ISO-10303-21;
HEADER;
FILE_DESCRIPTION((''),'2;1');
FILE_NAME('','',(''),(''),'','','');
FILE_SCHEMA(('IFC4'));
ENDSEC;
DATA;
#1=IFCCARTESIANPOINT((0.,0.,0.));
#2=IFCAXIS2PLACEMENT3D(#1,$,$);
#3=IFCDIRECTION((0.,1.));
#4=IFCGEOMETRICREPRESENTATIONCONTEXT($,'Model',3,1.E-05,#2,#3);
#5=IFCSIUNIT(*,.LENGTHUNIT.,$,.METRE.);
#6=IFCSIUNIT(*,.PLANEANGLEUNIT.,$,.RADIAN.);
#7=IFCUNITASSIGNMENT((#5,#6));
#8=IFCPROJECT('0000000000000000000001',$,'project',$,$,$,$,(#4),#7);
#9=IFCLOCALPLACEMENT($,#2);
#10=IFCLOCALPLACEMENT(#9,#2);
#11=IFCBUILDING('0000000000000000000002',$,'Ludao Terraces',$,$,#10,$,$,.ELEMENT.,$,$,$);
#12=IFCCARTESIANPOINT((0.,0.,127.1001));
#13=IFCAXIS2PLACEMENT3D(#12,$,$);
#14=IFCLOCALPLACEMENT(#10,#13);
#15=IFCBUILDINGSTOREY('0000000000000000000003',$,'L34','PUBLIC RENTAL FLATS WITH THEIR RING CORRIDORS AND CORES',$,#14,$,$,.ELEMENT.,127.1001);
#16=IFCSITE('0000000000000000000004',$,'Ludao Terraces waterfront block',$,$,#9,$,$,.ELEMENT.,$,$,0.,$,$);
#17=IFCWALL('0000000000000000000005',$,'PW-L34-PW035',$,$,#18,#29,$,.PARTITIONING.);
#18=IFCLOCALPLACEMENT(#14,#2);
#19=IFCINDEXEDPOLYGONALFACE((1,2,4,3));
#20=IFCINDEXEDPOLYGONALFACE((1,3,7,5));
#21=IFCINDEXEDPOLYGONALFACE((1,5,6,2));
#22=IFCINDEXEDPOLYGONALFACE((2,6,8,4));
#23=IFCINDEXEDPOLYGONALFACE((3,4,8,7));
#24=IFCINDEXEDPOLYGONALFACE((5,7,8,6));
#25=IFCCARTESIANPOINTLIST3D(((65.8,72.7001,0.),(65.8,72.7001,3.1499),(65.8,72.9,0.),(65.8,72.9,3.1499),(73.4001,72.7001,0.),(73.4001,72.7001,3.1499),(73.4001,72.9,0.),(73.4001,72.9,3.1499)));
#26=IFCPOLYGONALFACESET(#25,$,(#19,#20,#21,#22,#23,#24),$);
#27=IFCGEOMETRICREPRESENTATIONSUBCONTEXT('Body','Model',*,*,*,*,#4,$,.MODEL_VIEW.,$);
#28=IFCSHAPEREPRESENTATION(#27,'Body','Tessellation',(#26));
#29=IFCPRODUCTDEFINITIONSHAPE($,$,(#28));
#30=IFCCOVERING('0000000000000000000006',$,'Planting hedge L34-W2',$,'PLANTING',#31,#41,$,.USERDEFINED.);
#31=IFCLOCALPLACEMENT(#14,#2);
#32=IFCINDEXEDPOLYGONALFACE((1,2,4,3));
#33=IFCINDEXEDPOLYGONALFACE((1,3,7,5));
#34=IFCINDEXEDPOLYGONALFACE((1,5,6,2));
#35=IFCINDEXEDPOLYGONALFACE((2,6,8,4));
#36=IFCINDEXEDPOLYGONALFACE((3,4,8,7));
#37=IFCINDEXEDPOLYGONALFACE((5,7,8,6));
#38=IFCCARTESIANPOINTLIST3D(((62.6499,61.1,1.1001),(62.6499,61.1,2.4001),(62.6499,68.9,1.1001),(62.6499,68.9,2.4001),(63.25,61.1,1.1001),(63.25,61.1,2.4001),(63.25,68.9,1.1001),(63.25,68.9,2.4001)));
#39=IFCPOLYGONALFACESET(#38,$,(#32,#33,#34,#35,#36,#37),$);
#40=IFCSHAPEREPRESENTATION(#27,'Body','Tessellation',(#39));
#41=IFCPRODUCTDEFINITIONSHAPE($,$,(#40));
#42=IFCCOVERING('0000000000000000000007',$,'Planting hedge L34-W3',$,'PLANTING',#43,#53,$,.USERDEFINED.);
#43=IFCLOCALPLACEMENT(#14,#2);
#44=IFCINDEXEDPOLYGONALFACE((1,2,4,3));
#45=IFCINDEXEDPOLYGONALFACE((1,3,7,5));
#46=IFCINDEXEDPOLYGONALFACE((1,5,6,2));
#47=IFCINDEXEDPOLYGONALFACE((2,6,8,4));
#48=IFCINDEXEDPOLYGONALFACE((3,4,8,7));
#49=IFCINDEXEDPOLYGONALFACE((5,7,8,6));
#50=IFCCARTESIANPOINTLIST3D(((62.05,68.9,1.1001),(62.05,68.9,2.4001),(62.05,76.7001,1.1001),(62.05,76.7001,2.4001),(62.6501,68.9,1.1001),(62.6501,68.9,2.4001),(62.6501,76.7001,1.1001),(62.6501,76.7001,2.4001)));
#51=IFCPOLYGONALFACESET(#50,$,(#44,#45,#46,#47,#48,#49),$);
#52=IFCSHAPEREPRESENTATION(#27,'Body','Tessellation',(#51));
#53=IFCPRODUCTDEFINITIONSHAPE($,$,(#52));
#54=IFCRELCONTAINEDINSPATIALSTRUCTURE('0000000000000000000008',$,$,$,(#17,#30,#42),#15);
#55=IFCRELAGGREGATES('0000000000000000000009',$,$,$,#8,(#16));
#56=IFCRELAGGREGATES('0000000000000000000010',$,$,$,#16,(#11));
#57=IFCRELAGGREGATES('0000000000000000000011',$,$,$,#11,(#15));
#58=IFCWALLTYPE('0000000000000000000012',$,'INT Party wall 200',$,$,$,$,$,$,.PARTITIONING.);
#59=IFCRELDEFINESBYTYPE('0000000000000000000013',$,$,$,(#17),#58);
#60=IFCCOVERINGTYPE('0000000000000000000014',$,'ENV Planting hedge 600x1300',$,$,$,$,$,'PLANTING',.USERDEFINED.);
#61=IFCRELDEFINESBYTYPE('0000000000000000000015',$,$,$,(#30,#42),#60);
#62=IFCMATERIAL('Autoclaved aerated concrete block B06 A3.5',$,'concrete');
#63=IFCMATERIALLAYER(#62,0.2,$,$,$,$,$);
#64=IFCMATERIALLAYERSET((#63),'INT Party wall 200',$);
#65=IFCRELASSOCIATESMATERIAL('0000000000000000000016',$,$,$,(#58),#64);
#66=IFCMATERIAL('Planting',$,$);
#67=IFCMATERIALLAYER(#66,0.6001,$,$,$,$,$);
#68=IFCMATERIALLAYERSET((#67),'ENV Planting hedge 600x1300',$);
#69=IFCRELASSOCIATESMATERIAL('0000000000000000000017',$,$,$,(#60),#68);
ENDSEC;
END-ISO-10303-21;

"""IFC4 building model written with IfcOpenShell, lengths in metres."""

from ifc_helpers import new_model, si_unit, direction, frame, frame_2d, origin, origin_2d, place, context, subcontext, project, spatial, rectangle, extrude, material, layer, layer_set, type_object, element, save


model = new_model("IFC4")

# Units and contexts
model_context = context("Model", 3, precision=1e-05, world=origin(), true_north=direction((0.0, 1.0)))
body_context = subcontext(model_context, "Body", "Model", "MODEL_VIEW")
ifc_project = project(units=[si_unit("LENGTHUNIT", "METRE"), si_unit("PLANEANGLEUNIT", "RADIAN")], contexts=[model_context])

# Site, building, storey
site_placement = place(None, origin())
site = spatial("IfcSite", under=ifc_project, at=site_placement, Name="Ludao Terraces waterfront block", CompositionType="ELEMENT", RefElevation=0.0)
building_placement = place(site_placement, origin())
building = spatial("IfcBuilding", under=site, at=building_placement, Name="Ludao Terraces", CompositionType="ELEMENT")
storey_placement = place(building_placement, frame((0.0, 0.0, 127.1001)))
storey = spatial("IfcBuildingStorey", under=building, at=storey_placement, Name="L34", Description="PUBLIC RENTAL FLATS WITH THEIR RING CORRIDORS AND CORES", CompositionType="ELEMENT", Elevation=127.1001)

# Wall
ifc_material_1 = material(Name="Autoclaved aerated concrete block B06 A3.5", Category="concrete")
ifc_layer_1 = layer(ifc_material_1, 0.2)
ifc_layer_set_1 = layer_set([ifc_layer_1], Name="INT Party wall 200")
wall_type_1 = type_object("IfcWallType", Name="INT Party wall 200", PredefinedType="PARTITIONING", material=ifc_layer_set_1)
wall_1_placement = place(storey_placement, frame((65.8, 72.8, 0.0), z_axis=(0.0, 0.0, 1.0), x_axis=(1.0, 0.0, 0.0)))
element("IfcWall", 1, at=wall_1_placement, inside=storey, type_object=wall_type_1, Name="PW-L34-PW035", PredefinedType="PARTITIONING", context=body_context, shape_type="SweptSolid", body=[
    extrude(rectangle(XDim=7.6001, YDim=0.2, at=frame_2d((3.8, 0.0))), origin(), (0.0, 0.0, 1.0), 3.1499),
])

# Coverings
ifc_material_2 = material(Name="Planting")
ifc_layer_2 = layer(ifc_material_2, 0.6001)
ifc_layer_set_2 = layer_set([ifc_layer_2], Name="ENV Planting hedge 600x1300")
covering_type = type_object("IfcCoveringType", Name="ENV Planting hedge 600x1300", ElementType="PLANTING", PredefinedType="USERDEFINED", material=ifc_layer_set_2)
for number, where, z_axis, x_axis, name in (
    (2, (62.95, 65.0, 1.1001), (0.0, 0.0, 1.0), (1.0, 0.0, 0.0), "Planting hedge L34-W2"),
    (3, (62.3501, 72.8, 1.1001), (0.0, 0.0, 1.0), (1.0, 0.0, 0.0), "Planting hedge L34-W3"),
):
    element("IfcCovering", number, at=place(storey_placement, frame(where, z_axis=z_axis, x_axis=x_axis)), inside=storey, type_object=covering_type, Name=name, ObjectType="PLANTING", PredefinedType="USERDEFINED", context=body_context, shape_type="SweptSolid", body=[
        extrude(rectangle(XDim=0.6001, YDim=7.8, at=origin_2d()), origin(), (0.0, 0.0, 1.0), 1.3),
    ])

save(model, "model.ifc")
